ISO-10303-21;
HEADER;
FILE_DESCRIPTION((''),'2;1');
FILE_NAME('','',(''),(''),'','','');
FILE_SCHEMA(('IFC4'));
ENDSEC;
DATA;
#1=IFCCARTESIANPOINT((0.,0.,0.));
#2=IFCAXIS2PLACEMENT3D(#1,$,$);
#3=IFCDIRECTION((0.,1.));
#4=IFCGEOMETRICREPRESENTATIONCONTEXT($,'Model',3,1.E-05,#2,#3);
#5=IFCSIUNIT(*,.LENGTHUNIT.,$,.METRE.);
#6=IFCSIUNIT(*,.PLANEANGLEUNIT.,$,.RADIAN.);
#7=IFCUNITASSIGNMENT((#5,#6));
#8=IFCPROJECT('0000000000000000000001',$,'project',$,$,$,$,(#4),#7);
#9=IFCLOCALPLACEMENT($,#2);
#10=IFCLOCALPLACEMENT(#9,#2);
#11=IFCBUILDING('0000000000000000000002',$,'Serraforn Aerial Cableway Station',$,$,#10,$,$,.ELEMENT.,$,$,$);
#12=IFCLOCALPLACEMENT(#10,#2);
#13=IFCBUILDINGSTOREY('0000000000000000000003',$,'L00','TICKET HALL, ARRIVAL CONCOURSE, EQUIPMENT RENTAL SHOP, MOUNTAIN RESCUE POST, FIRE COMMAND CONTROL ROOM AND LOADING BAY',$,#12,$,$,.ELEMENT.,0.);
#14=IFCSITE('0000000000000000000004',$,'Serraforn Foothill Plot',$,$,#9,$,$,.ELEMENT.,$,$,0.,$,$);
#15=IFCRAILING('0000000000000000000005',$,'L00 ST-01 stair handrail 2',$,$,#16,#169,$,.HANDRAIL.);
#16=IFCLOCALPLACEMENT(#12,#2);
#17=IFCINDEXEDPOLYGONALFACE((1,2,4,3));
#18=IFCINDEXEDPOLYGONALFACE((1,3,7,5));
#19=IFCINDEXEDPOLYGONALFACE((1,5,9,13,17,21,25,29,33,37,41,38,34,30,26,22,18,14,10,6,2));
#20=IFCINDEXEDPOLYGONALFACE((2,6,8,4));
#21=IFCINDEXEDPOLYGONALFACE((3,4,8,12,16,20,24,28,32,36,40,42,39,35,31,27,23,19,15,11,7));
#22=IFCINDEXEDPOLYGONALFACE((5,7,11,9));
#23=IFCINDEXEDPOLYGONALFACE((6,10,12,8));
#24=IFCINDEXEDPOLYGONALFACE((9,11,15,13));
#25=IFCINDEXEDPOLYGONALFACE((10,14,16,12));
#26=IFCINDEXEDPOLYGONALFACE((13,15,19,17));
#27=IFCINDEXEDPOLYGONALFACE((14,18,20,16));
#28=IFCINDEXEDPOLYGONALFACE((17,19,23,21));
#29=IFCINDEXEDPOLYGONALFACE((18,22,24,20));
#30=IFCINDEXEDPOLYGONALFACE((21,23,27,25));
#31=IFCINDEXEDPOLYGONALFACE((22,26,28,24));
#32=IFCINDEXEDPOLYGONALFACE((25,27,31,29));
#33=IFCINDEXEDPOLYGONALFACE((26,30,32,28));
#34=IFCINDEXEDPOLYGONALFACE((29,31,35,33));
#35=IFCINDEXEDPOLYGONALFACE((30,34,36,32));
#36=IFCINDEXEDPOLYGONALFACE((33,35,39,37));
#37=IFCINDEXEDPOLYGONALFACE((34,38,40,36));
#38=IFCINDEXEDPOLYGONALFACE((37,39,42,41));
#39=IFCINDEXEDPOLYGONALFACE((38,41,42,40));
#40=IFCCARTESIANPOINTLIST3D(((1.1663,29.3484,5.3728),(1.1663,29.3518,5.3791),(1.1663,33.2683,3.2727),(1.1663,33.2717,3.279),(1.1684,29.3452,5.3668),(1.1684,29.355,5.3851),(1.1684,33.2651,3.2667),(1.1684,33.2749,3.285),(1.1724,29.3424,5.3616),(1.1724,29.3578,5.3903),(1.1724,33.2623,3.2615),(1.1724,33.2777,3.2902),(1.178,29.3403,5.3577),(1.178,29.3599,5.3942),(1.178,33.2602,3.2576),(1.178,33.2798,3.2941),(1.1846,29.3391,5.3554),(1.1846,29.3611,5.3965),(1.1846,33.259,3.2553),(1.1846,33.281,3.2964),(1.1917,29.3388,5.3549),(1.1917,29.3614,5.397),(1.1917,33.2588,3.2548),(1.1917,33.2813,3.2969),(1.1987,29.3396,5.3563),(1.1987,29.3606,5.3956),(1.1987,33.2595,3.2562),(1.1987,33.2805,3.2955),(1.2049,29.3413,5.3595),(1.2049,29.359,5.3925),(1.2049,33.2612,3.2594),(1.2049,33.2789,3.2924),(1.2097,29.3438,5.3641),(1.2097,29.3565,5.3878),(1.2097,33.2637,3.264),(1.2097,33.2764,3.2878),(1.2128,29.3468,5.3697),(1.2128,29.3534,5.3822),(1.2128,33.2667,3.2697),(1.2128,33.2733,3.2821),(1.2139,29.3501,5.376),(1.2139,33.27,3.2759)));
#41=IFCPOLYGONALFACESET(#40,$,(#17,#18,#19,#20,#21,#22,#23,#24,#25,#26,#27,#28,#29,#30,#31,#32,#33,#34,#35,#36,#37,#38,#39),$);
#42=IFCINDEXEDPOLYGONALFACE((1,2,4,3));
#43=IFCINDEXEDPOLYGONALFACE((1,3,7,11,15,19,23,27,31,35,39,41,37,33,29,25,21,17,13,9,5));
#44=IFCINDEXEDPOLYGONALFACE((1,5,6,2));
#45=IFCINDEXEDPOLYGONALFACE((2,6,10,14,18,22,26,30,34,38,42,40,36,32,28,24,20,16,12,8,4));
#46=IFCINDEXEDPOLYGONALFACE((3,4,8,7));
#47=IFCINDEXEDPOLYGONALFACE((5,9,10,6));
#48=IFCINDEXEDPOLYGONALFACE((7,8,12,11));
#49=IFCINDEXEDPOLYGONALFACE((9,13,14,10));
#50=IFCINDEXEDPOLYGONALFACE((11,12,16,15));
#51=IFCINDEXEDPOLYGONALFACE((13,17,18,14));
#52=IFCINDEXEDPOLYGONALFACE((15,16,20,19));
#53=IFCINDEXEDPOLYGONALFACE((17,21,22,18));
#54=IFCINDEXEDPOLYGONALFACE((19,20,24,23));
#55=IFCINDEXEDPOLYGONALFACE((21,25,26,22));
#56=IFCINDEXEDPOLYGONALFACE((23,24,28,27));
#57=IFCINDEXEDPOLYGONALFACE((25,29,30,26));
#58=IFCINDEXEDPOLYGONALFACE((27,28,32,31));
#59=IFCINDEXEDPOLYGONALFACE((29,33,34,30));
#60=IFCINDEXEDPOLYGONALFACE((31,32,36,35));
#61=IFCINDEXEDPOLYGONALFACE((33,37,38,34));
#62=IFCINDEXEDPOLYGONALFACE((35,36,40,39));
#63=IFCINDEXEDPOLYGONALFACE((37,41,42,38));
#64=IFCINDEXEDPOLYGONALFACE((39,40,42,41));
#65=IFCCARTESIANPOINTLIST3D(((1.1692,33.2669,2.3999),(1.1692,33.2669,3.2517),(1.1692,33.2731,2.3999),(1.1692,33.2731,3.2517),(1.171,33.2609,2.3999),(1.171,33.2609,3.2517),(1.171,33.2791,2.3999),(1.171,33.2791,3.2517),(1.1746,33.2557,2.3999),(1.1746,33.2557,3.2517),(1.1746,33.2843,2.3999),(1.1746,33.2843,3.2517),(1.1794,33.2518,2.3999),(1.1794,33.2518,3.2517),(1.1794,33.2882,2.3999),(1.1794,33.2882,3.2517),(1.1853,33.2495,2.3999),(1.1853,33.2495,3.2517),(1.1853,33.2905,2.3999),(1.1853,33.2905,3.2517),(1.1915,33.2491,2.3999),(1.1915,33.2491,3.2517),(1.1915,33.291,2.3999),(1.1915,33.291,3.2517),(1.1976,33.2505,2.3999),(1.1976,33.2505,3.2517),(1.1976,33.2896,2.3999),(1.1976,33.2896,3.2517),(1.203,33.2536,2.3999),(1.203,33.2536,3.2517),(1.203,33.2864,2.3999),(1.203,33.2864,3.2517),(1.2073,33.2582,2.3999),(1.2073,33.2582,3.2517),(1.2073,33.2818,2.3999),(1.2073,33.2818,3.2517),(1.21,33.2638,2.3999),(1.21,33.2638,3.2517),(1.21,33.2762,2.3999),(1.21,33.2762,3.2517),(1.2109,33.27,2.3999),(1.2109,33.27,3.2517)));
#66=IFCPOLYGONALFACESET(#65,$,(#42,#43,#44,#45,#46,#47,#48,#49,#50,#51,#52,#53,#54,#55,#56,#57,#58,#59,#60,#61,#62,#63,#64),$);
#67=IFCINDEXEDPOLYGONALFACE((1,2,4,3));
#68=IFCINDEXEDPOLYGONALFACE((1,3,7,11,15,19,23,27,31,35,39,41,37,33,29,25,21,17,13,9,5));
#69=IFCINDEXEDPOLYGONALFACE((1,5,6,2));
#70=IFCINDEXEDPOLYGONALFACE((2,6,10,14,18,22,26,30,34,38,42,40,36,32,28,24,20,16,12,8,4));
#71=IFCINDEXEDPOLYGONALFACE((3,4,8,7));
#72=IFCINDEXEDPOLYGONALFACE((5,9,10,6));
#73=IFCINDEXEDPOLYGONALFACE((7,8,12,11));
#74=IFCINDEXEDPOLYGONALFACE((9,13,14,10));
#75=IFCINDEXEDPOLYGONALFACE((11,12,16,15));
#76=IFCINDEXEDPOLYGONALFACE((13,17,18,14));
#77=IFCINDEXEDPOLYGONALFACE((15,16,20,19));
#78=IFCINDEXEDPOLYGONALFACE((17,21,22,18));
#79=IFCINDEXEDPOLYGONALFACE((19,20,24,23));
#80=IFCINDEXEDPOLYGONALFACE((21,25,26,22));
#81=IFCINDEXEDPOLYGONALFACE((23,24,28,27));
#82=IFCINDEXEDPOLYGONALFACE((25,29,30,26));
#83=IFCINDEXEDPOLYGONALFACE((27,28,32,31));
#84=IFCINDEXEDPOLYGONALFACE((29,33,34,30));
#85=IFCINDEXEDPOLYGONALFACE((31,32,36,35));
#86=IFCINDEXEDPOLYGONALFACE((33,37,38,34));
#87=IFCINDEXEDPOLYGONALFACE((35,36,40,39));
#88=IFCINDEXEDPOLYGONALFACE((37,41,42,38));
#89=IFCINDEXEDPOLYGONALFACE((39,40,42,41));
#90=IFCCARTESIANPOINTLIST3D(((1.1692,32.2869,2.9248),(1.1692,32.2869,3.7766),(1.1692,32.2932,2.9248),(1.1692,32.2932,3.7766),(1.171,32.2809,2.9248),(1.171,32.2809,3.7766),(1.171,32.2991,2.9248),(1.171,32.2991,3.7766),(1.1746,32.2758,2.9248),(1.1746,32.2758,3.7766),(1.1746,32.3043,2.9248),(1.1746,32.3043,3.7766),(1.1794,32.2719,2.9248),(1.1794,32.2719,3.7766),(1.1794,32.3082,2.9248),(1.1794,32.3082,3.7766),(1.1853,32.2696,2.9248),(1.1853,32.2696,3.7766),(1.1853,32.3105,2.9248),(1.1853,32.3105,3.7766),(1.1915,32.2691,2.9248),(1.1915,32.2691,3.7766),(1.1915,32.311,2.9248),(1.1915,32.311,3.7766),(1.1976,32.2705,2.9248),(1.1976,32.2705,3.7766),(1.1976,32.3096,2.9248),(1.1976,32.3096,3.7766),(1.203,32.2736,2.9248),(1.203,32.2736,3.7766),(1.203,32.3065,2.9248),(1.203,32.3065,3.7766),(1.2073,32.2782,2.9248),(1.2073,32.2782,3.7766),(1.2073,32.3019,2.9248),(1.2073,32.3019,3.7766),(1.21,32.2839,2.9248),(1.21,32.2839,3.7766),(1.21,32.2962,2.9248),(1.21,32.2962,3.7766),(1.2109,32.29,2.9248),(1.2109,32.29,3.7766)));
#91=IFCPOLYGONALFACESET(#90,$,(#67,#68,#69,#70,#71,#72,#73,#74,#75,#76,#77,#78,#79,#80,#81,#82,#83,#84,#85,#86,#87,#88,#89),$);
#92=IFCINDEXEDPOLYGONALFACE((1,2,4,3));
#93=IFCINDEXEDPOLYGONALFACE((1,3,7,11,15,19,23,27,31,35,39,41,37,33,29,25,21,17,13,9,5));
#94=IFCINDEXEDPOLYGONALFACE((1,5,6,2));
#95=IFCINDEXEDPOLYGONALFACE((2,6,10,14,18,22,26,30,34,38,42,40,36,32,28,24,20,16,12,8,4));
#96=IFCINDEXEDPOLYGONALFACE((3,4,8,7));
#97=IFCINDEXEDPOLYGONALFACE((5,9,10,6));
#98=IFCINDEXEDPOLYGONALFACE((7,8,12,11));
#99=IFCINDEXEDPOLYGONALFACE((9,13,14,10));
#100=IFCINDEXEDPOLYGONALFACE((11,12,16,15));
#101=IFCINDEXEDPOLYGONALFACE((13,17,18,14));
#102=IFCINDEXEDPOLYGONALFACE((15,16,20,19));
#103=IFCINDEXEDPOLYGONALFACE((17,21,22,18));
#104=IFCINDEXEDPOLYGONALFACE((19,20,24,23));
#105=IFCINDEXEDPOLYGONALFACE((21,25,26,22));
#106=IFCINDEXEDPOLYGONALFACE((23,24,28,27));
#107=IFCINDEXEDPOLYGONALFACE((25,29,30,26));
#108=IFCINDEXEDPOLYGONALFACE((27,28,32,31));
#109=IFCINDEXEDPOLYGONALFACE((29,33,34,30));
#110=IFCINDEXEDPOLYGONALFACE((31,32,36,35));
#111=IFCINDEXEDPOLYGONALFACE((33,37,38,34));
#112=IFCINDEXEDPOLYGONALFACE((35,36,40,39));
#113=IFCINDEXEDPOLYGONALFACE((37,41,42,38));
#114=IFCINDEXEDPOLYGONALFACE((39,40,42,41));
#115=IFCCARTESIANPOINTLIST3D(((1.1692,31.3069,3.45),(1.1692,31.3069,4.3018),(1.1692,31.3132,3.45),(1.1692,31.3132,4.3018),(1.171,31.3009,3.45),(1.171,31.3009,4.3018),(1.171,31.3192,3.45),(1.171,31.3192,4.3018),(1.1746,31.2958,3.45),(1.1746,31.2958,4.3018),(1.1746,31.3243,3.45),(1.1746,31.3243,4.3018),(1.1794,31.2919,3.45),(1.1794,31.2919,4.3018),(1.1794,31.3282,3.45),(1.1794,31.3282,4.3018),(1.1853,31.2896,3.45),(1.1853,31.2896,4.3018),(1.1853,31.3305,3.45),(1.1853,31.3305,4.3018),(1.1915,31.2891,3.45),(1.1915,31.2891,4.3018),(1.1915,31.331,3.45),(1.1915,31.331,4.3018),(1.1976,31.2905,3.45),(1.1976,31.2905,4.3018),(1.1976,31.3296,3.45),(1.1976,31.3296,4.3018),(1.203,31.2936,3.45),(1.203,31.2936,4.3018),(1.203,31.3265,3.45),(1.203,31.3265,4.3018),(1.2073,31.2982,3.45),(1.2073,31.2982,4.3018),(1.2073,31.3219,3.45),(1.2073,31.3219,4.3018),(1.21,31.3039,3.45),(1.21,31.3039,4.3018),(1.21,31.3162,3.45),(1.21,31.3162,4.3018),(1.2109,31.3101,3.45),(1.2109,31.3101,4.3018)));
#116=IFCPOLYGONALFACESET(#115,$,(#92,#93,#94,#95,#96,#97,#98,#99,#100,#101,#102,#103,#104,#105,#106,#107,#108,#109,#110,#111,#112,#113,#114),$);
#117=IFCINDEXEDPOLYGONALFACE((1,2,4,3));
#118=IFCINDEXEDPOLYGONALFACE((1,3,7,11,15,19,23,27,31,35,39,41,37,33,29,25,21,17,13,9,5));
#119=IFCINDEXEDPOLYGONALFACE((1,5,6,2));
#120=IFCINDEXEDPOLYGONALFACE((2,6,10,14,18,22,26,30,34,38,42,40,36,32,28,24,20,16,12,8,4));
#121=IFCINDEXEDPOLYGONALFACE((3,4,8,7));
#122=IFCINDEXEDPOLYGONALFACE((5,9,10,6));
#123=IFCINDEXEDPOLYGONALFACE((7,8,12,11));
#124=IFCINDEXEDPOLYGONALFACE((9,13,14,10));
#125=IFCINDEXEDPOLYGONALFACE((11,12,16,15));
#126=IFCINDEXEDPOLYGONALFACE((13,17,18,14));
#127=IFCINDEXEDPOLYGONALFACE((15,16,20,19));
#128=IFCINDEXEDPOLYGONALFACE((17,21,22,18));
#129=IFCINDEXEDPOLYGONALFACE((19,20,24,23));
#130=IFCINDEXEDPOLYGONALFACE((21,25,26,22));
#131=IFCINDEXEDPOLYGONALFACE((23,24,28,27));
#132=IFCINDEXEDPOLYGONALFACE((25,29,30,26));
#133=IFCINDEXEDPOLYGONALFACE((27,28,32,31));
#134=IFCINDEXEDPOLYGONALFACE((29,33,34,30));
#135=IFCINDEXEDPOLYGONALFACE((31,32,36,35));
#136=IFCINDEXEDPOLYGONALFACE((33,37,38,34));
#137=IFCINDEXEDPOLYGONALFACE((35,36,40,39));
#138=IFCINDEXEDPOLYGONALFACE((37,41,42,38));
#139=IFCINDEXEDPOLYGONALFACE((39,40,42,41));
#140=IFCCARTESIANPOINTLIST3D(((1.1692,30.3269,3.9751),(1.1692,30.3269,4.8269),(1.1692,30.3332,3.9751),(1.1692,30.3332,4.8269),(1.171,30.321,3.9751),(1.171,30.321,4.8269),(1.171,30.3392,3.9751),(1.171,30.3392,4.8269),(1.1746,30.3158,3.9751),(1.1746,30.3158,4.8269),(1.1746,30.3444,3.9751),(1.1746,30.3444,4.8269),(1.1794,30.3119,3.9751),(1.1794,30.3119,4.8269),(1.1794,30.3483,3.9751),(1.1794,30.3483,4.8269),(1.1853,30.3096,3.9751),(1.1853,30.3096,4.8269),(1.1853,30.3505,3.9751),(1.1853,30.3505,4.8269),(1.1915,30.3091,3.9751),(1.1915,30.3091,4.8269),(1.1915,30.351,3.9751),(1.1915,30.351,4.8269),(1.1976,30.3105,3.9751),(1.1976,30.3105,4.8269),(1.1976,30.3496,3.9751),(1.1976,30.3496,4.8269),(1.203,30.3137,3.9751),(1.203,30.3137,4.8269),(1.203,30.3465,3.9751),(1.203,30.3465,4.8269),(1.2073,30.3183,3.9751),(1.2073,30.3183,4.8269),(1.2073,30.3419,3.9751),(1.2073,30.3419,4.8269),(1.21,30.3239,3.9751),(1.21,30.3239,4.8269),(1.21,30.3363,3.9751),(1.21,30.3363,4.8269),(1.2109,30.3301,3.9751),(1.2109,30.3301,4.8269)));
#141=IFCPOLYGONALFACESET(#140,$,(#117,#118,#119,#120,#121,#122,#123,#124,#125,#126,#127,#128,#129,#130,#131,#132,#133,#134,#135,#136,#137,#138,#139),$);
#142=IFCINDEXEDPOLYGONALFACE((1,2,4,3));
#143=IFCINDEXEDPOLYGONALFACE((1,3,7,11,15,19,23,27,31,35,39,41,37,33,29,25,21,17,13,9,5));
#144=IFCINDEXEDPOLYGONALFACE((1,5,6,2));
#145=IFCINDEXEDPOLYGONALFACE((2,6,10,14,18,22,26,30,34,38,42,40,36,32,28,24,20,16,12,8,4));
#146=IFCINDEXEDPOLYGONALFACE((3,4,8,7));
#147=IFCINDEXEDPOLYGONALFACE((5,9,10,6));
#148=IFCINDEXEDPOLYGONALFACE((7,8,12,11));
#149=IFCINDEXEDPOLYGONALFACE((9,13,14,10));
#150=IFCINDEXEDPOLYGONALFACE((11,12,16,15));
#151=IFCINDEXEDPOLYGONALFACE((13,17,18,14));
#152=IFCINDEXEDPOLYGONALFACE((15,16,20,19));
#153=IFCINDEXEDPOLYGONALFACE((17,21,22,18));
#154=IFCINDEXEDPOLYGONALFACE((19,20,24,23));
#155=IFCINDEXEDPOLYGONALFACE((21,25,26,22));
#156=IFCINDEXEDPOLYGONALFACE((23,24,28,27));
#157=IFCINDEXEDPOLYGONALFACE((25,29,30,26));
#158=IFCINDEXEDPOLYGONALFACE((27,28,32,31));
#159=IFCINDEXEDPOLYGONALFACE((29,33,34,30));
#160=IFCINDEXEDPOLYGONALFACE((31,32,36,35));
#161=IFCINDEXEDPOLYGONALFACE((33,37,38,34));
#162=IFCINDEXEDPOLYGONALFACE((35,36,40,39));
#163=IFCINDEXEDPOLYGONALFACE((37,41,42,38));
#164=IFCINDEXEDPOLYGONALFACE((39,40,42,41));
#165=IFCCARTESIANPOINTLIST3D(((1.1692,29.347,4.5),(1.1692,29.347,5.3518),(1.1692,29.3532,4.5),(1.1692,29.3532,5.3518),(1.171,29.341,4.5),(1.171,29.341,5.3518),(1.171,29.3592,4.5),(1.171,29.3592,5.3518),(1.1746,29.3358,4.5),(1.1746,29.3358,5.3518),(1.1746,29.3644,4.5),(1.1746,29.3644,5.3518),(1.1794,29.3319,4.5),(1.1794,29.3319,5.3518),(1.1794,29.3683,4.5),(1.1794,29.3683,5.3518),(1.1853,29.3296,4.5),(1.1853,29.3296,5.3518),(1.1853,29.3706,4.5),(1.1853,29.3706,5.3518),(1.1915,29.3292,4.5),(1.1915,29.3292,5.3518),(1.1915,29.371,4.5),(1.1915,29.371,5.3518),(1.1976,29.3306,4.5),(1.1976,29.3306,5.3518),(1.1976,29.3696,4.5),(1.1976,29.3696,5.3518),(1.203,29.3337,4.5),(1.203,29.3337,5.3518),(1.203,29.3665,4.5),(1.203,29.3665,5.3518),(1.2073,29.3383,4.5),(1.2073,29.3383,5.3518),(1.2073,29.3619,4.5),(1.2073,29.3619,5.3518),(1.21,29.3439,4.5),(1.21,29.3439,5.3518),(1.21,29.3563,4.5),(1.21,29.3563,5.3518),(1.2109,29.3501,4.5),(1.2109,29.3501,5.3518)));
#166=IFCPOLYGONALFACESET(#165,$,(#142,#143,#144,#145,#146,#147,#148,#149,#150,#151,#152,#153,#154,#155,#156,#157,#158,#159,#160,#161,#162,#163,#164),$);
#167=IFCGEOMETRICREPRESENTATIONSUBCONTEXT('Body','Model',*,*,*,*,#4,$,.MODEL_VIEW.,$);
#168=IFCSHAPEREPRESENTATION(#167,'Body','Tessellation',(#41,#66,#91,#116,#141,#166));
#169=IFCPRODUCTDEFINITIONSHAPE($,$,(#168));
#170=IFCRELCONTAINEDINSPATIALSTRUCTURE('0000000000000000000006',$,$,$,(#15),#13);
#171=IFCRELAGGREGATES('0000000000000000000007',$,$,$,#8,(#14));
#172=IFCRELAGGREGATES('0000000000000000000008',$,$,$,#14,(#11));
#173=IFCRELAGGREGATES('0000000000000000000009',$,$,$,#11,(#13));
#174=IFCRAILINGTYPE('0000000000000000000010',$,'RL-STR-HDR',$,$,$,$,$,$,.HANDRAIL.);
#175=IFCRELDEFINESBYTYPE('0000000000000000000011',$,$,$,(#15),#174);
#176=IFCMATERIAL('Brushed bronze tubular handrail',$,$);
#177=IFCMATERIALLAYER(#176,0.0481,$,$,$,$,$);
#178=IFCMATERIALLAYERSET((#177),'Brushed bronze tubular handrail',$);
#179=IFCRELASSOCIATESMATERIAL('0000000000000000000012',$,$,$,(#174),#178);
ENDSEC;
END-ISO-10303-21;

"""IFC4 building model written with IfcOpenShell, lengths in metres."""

from ifc_helpers import new_model, si_unit, direction, frame, origin, origin_2d, place, context, subcontext, project, spatial, circle, extrude, material, layer, layer_set, type_object, element, save


model = new_model("IFC4")

# Units and contexts
model_context = context("Model", 3, precision=1e-05, world=origin(), true_north=direction((0.0, 1.0)))
body_context = subcontext(model_context, "Body", "Model", "MODEL_VIEW")
ifc_project = project(units=[si_unit("LENGTHUNIT", "METRE"), si_unit("PLANEANGLEUNIT", "RADIAN")], contexts=[model_context])

# Site, building, storey
site_placement = place(None, origin())
site = spatial("IfcSite", under=ifc_project, at=site_placement, Name="Serraforn Foothill Plot", CompositionType="ELEMENT", RefElevation=0.0)
building_placement = place(site_placement, origin())
building = spatial("IfcBuilding", under=site, at=building_placement, Name="Serraforn Aerial Cableway Station", CompositionType="ELEMENT")
storey_placement = place(building_placement, origin())
storey = spatial("IfcBuildingStorey", under=building, at=storey_placement, Name="L00", Description="TICKET HALL, ARRIVAL CONCOURSE, EQUIPMENT RENTAL SHOP, MOUNTAIN RESCUE POST, FIRE COMMAND CONTROL ROOM AND LOADING BAY", CompositionType="ELEMENT", Elevation=0.0)

# Railing
ifc_material_1 = material(Name="Brushed bronze tubular handrail")
ifc_layer_1 = layer(ifc_material_1, 0.0481)
ifc_layer_set_1 = layer_set([ifc_layer_1], Name="Brushed bronze tubular handrail")
railing_type_1 = type_object("IfcRailingType", Name="RL-STR-HDR", PredefinedType="HANDRAIL", material=ifc_layer_set_1)
railing_1_placement = place(storey_placement, frame((1.1899, 33.27, 2.3999)))
element("IfcRailing", 1, at=railing_1_placement, inside=storey, type_object=railing_type_1, Name="L00 ST-01 stair handrail 2", PredefinedType="HANDRAIL", context=body_context, shape_type="SweptSolid", body=[
    extrude(circle(Radius=0.0239, at=origin_2d()), frame((0.0, 0.0, 0.876), z_axis=(0.0, -0.881467, 0.472246), x_axis=(1.0, 0.0, 0.0)), (0.0, 0.0, 1.0), 4.447),
    extrude(circle(Radius=0.021, at=origin_2d()), origin(), (0.0, 0.0, 1.0), 0.8518),
    extrude(circle(Radius=0.021, at=origin_2d()), frame((0.0, -0.98, 0.5249)), (0.0, 0.0, 1.0), 0.8518),
    extrude(circle(Radius=0.021, at=origin_2d()), frame((0.0, -1.96, 1.05)), (0.0, 0.0, 1.0), 0.8518),
    extrude(circle(Radius=0.021, at=origin_2d()), frame((0.0, -2.9399, 1.5752)), (0.0, 0.0, 1.0), 0.8518),
    extrude(circle(Radius=0.021, at=origin_2d()), frame((0.0, -3.9199, 2.1001)), (0.0, 0.0, 1.0), 0.8518),
])

save(model, "model.ifc")
